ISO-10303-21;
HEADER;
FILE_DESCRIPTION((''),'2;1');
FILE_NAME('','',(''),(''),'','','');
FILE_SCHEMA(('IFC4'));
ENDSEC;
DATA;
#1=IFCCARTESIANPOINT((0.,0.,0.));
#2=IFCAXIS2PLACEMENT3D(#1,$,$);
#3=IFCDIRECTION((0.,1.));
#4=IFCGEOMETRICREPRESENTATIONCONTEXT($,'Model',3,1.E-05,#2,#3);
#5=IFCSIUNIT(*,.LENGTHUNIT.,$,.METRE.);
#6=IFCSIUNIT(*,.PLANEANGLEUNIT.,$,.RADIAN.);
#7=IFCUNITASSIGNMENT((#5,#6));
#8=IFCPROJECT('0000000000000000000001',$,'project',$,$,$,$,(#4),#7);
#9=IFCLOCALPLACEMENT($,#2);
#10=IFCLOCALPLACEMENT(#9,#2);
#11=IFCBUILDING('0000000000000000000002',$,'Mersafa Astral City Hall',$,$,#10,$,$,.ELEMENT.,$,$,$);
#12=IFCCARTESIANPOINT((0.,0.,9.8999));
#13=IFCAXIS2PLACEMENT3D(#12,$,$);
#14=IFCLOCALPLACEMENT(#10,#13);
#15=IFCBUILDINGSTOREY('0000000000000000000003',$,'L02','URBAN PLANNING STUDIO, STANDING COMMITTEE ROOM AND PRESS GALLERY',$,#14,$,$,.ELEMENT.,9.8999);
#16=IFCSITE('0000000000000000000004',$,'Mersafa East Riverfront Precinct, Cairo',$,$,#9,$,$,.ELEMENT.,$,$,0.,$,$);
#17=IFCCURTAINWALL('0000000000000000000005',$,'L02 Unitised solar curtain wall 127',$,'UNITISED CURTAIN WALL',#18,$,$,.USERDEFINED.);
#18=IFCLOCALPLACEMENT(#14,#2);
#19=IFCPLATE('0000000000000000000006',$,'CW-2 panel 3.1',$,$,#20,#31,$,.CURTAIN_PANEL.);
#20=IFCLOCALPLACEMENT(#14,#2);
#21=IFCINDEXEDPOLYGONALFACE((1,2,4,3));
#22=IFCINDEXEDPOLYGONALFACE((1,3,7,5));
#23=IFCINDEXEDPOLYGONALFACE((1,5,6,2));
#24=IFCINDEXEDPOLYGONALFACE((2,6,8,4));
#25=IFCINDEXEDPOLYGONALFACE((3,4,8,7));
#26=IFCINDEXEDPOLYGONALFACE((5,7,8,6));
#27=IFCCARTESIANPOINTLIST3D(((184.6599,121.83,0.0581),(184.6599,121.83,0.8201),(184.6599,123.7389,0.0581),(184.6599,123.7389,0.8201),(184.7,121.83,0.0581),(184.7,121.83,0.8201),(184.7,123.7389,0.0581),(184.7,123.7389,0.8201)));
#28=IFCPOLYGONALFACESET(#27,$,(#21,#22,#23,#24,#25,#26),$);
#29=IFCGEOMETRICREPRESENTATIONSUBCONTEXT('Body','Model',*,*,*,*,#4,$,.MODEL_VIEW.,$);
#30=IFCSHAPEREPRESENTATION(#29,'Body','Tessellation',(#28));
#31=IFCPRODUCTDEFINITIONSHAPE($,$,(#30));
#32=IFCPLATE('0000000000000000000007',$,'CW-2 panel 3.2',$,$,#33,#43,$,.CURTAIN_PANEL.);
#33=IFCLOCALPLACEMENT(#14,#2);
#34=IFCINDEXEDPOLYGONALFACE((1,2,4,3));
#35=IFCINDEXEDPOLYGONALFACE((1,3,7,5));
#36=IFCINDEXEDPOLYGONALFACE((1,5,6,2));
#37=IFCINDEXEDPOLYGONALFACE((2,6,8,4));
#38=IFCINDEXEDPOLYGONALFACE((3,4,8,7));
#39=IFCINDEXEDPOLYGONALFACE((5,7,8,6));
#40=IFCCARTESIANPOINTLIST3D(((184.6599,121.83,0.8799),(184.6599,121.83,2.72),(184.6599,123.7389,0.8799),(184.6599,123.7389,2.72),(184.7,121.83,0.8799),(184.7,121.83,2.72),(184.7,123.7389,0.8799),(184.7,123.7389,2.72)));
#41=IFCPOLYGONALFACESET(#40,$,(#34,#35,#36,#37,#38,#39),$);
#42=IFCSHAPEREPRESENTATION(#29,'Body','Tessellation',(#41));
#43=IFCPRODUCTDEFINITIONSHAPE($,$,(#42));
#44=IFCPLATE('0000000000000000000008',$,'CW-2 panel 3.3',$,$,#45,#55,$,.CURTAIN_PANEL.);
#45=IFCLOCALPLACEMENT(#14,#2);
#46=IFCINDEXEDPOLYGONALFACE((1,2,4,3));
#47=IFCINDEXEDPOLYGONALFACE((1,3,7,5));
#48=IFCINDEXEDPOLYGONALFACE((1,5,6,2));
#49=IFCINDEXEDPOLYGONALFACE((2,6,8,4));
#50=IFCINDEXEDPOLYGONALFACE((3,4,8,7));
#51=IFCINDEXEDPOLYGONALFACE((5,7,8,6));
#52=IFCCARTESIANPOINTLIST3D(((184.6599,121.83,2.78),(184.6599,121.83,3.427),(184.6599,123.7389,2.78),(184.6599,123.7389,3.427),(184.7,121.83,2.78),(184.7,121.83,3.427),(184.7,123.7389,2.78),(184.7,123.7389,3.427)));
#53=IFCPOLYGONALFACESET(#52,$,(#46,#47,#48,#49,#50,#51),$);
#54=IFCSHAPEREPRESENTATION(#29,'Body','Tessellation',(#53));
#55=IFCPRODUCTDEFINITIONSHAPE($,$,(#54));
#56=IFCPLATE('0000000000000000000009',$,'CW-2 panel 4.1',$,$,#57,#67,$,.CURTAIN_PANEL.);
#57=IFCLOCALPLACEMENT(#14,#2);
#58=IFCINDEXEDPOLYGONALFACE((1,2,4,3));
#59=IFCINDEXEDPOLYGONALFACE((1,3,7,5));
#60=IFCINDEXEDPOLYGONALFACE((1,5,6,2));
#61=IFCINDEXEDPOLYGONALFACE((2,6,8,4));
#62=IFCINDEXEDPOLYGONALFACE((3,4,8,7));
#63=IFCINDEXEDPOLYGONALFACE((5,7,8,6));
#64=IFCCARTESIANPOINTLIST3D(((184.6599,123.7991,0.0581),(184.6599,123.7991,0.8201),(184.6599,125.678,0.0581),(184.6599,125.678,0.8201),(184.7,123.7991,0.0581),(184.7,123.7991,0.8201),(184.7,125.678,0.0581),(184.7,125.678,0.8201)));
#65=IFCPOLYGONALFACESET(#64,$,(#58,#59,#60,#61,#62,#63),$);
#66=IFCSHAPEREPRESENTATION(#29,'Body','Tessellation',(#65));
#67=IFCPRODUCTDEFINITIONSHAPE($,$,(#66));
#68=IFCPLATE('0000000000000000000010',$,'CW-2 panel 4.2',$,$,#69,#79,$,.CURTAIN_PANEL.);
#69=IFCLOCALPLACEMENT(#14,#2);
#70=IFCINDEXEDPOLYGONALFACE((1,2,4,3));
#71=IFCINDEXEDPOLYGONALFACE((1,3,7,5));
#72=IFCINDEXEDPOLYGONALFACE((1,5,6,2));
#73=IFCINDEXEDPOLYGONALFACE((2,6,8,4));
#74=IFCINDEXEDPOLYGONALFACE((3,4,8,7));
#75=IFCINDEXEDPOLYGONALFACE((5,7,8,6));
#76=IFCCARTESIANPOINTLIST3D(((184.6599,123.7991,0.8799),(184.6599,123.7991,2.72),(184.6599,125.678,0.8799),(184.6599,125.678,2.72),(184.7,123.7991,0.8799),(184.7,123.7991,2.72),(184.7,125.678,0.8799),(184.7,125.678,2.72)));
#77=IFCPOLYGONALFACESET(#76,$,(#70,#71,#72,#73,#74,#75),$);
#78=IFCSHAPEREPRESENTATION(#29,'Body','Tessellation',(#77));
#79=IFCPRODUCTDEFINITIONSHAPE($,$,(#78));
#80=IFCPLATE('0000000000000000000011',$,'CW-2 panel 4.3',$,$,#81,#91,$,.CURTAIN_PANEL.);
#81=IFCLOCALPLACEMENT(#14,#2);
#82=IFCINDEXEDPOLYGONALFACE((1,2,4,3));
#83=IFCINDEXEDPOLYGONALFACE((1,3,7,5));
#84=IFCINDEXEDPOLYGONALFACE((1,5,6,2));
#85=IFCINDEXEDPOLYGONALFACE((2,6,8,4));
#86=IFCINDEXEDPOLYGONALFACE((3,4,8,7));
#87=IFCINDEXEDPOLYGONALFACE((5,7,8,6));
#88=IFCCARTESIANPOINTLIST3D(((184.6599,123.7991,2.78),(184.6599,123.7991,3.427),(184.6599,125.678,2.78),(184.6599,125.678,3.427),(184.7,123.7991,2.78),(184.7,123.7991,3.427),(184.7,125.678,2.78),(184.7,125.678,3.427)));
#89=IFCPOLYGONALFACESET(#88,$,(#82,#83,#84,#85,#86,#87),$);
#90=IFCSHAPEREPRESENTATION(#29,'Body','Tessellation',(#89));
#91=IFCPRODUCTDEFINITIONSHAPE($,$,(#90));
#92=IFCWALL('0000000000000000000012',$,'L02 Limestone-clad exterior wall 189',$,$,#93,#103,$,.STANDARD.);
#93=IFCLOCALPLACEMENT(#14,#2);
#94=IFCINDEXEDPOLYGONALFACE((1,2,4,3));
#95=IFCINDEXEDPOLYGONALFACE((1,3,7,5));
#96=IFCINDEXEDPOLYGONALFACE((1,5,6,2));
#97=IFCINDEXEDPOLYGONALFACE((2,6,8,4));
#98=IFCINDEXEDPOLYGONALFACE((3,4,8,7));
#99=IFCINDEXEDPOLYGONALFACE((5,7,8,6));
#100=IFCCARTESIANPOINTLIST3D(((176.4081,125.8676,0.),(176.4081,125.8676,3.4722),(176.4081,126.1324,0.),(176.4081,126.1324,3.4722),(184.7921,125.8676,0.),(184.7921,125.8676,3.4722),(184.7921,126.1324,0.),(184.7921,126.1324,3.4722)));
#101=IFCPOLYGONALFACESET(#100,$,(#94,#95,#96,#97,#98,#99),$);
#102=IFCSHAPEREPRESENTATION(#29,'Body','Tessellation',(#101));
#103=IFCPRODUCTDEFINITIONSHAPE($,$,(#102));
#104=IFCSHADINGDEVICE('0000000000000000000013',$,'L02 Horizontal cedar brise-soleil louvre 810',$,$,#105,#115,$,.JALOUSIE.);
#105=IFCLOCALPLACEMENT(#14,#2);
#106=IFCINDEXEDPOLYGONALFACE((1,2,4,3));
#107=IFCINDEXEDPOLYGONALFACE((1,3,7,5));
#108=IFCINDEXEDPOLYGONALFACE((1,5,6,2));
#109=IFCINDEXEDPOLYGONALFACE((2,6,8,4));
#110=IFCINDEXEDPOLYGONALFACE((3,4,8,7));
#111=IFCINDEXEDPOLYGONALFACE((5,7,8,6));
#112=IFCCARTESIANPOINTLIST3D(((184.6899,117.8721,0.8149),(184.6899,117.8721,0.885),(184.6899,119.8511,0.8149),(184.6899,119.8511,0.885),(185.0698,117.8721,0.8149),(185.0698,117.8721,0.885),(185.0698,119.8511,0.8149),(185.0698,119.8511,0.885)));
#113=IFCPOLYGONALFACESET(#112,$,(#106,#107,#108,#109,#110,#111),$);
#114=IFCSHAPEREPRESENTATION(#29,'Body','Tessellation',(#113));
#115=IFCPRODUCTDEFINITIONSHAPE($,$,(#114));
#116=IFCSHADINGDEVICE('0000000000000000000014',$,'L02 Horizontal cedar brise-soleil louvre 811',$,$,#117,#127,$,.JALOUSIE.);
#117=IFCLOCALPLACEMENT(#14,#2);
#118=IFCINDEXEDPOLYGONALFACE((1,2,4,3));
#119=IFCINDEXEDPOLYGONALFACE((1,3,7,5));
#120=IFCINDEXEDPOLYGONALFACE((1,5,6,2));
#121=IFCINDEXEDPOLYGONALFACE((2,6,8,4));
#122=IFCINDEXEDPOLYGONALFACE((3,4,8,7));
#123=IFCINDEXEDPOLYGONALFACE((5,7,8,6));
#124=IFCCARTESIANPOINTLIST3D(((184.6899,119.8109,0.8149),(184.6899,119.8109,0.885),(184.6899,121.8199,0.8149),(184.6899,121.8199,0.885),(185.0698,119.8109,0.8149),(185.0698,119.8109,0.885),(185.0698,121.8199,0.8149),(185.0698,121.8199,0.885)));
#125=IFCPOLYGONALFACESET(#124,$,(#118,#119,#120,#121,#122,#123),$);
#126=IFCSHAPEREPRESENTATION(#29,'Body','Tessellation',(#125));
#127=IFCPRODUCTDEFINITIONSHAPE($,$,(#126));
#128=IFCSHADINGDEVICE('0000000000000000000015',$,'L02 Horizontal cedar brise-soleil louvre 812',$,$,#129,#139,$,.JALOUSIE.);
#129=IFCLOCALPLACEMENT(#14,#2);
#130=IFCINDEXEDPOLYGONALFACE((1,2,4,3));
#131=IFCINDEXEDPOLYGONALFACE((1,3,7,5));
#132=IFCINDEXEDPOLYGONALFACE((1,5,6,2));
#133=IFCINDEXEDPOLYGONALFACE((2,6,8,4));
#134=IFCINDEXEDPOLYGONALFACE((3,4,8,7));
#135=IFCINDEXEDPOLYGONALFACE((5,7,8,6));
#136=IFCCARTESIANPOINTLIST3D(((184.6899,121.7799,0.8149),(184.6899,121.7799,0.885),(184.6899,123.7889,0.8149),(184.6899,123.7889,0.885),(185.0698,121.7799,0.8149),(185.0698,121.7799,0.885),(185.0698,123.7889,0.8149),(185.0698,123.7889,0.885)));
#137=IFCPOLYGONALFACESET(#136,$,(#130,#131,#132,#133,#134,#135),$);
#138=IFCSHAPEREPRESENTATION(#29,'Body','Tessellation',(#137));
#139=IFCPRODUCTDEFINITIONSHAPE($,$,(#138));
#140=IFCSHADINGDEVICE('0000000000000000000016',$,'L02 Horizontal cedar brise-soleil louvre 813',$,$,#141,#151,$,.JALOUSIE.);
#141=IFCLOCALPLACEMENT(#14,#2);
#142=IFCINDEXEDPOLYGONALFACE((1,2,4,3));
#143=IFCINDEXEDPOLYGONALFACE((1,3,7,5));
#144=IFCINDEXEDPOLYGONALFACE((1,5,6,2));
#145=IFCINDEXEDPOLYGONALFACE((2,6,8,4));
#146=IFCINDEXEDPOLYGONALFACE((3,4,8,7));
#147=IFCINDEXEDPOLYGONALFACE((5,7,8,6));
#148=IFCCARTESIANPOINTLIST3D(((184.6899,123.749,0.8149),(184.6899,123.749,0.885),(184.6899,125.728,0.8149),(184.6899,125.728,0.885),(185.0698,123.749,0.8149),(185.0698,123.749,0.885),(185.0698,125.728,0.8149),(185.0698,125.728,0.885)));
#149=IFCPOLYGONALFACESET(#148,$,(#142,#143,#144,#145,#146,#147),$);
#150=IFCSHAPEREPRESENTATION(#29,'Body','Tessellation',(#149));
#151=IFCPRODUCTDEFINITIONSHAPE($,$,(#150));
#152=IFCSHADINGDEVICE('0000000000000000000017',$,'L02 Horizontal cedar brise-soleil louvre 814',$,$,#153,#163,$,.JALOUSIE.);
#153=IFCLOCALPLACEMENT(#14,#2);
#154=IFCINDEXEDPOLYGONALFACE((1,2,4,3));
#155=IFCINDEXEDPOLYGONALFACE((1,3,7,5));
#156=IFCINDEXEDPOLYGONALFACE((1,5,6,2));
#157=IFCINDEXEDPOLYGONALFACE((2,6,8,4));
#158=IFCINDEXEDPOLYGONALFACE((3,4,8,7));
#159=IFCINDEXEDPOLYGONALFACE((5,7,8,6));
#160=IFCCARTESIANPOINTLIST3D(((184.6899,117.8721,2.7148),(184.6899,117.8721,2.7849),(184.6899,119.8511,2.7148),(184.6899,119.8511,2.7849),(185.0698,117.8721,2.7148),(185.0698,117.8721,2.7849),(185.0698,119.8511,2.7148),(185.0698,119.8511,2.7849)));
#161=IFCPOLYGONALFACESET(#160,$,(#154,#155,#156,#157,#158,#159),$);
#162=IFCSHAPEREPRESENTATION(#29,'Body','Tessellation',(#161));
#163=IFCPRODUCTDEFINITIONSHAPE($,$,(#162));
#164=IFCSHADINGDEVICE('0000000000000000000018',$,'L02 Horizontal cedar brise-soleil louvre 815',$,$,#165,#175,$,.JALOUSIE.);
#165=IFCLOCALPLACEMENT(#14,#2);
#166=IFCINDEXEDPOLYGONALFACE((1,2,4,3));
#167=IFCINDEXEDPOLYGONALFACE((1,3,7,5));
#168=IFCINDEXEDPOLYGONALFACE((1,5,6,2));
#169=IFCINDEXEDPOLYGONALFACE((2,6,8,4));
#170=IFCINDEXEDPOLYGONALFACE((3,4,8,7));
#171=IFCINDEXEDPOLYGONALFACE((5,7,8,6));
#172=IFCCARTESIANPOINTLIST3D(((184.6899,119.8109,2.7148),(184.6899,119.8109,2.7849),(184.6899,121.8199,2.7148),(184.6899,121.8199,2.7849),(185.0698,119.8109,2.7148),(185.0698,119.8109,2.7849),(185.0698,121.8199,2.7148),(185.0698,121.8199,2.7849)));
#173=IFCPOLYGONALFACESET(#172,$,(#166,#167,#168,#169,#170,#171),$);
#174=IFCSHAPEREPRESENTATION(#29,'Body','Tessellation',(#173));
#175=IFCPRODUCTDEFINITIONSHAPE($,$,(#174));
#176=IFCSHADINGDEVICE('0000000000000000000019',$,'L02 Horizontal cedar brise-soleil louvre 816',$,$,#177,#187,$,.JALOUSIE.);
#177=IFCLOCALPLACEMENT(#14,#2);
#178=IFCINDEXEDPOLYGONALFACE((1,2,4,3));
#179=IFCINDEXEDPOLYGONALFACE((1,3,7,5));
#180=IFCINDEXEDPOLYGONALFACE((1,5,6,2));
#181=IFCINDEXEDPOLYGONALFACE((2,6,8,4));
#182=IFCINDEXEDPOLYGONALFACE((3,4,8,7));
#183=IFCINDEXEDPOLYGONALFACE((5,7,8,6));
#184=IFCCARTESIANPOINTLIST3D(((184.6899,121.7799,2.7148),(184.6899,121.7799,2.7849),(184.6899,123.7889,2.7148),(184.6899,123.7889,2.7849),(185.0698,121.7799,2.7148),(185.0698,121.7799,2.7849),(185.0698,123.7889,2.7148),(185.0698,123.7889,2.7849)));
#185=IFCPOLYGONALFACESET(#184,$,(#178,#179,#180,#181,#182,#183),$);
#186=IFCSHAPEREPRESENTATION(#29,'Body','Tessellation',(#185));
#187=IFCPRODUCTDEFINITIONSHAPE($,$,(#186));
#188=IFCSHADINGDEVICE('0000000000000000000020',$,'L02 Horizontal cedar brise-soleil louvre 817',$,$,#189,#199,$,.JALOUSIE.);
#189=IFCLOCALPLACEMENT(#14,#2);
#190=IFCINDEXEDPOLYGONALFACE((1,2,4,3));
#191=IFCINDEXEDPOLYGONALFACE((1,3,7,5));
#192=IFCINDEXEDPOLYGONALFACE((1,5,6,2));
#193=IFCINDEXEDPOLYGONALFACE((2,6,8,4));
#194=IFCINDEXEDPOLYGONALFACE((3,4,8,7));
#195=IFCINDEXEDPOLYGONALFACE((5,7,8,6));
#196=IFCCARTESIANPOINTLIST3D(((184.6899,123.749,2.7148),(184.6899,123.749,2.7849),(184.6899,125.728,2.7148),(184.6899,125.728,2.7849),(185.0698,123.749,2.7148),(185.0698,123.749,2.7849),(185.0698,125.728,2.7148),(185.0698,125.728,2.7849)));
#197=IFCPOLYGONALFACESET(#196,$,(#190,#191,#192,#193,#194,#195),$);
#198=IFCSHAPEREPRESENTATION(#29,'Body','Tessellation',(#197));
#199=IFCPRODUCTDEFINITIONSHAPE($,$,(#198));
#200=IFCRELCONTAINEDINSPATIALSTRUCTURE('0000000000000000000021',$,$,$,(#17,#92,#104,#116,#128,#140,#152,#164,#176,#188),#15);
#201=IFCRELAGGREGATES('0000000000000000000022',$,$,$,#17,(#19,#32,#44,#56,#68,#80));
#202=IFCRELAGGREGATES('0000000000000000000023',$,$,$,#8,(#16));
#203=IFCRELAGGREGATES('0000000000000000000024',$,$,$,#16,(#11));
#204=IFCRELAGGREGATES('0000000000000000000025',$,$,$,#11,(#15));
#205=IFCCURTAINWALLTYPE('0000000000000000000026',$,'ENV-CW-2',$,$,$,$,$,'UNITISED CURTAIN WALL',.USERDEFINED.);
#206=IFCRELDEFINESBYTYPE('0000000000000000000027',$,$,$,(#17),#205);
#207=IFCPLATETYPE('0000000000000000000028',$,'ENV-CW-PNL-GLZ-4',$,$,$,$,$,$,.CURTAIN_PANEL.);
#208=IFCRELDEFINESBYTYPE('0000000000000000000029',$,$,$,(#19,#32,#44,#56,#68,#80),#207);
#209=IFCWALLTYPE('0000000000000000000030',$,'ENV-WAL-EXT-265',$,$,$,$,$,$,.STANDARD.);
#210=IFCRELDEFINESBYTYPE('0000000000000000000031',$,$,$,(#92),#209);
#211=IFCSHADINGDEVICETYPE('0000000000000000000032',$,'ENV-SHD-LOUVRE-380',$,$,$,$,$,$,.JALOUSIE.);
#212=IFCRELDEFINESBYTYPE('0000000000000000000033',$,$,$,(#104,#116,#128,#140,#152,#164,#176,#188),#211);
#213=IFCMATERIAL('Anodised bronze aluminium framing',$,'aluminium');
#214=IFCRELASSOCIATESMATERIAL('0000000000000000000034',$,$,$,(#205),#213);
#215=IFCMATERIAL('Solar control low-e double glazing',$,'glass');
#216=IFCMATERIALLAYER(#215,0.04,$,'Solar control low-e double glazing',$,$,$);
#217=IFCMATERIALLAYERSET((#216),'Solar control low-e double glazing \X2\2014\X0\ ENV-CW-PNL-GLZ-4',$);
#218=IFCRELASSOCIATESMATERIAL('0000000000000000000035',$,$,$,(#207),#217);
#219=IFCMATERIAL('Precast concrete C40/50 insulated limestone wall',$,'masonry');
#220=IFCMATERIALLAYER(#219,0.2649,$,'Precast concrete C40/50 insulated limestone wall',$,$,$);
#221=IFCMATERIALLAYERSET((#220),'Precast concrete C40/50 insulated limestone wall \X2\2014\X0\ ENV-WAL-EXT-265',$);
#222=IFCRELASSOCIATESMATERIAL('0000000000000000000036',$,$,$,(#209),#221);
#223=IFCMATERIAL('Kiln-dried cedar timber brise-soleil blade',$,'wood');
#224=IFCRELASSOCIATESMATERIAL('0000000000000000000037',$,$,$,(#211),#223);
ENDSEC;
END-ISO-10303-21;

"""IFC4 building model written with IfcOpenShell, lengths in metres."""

from ifc_helpers import new_model, si_unit, direction, frame, frame_2d, origin, origin_2d, place, context, subcontext, project, spatial, rectangle, extrude, material, layer, layer_set, type_object, element, aggregate, save


model = new_model("IFC4")

# Units and contexts
model_context = context("Model", 3, precision=1e-05, world=origin(), true_north=direction((0.0, 1.0)))
body_context = subcontext(model_context, "Body", "Model", "MODEL_VIEW")
ifc_project = project(units=[si_unit("LENGTHUNIT", "METRE"), si_unit("PLANEANGLEUNIT", "RADIAN")], contexts=[model_context])

# Site, building, storey
site_placement = place(None, origin())
site = spatial("IfcSite", under=ifc_project, at=site_placement, Name="Mersafa East Riverfront Precinct, Cairo", CompositionType="ELEMENT", RefElevation=0.0)
building_placement = place(site_placement, origin())
building = spatial("IfcBuilding", under=site, at=building_placement, Name="Mersafa Astral City Hall", CompositionType="ELEMENT")
storey_placement = place(building_placement, frame((0.0, 0.0, 9.8999)))
storey = spatial("IfcBuildingStorey", under=building, at=storey_placement, Name="L02", Description="URBAN PLANNING STUDIO, STANDING COMMITTEE ROOM AND PRESS GALLERY", CompositionType="ELEMENT", Elevation=9.8999)

# Curtain wall, plates
ifc_material_1 = material(Name="Anodised bronze aluminium framing", Category="aluminium")
curtain_wall_type = type_object("IfcCurtainWallType", Name="ENV-CW-2", ElementType="UNITISED CURTAIN WALL", PredefinedType="USERDEFINED", material=ifc_material_1)
curtain_wall_placement = place(storey_placement, origin())
curtain_wall = element("IfcCurtainWall", 1, at=curtain_wall_placement, inside=storey, type_object=curtain_wall_type, Name="L02 Unitised solar curtain wall 127", ObjectType="UNITISED CURTAIN WALL", PredefinedType="USERDEFINED")
ifc_material_2 = material(Name="Solar control low-e double glazing", Category="glass")
ifc_layer_1 = layer(ifc_material_2, 0.04, Name="Solar control low-e double glazing")
ifc_layer_set_1 = layer_set([ifc_layer_1], Name="Solar control low-e double glazing — ENV-CW-PNL-GLZ-4")
plate_type = type_object("IfcPlateType", Name="ENV-CW-PNL-GLZ-4", PredefinedType="CURTAIN_PANEL", material=ifc_layer_set_1)
plate_1_placement = place(storey_placement, frame((184.6799, 122.7844, 0.0581), z_axis=(0.0, 0.0, 1.0), x_axis=(0.0, 1.0, 0.0)))
plate_1 = element("IfcPlate", 2, at=plate_1_placement, type_object=plate_type, Name="CW-2 panel 3.1", PredefinedType="CURTAIN_PANEL", context=body_context, shape_type="SweptSolid", body=[
    extrude(rectangle(XDim=1.9089, YDim=0.04, at=origin_2d()), origin(), (0.0, 0.0, 1.0), 0.762),
])
plate_2_placement = place(storey_placement, frame((184.6799, 122.7844, 0.8799), z_axis=(0.0, 0.0, 1.0), x_axis=(0.0, 1.0, 0.0)))
plate_2 = element("IfcPlate", 3, at=plate_2_placement, type_object=plate_type, Name="CW-2 panel 3.2", PredefinedType="CURTAIN_PANEL", context=body_context, shape_type="SweptSolid", body=[
    extrude(rectangle(XDim=1.9089, YDim=0.04, at=origin_2d()), origin(), (0.0, 0.0, 1.0), 1.8401),
])
plate_3_placement = place(storey_placement, frame((184.6799, 122.7844, 2.78), z_axis=(0.0, 0.0, 1.0), x_axis=(0.0, 1.0, 0.0)))
plate_3 = element("IfcPlate", 4, at=plate_3_placement, type_object=plate_type, Name="CW-2 panel 3.3", PredefinedType="CURTAIN_PANEL", context=body_context, shape_type="SweptSolid", body=[
    extrude(rectangle(XDim=1.9089, YDim=0.04, at=origin_2d()), origin(), (0.0, 0.0, 1.0), 0.647),
])
plate_4_placement = place(storey_placement, frame((184.6799, 124.7385, 0.0581), z_axis=(0.0, 0.0, 1.0), x_axis=(0.0, 1.0, 0.0)))
plate_4 = element("IfcPlate", 5, at=plate_4_placement, type_object=plate_type, Name="CW-2 panel 4.1", PredefinedType="CURTAIN_PANEL", context=body_context, shape_type="SweptSolid", body=[
    extrude(rectangle(XDim=1.8789, YDim=0.04, at=origin_2d()), origin(), (0.0, 0.0, 1.0), 0.762),
])
plate_5_placement = place(storey_placement, frame((184.6799, 124.7385, 0.8799), z_axis=(0.0, 0.0, 1.0), x_axis=(0.0, 1.0, 0.0)))
plate_5 = element("IfcPlate", 6, at=plate_5_placement, type_object=plate_type, Name="CW-2 panel 4.2", PredefinedType="CURTAIN_PANEL", context=body_context, shape_type="SweptSolid", body=[
    extrude(rectangle(XDim=1.8789, YDim=0.04, at=origin_2d()), origin(), (0.0, 0.0, 1.0), 1.8401),
])
plate_6_placement = place(storey_placement, frame((184.6799, 124.7385, 2.78), z_axis=(0.0, 0.0, 1.0), x_axis=(0.0, 1.0, 0.0)))
plate_6 = element("IfcPlate", 7, at=plate_6_placement, type_object=plate_type, Name="CW-2 panel 4.3", PredefinedType="CURTAIN_PANEL", context=body_context, shape_type="SweptSolid", body=[
    extrude(rectangle(XDim=1.8789, YDim=0.04, at=origin_2d()), origin(), (0.0, 0.0, 1.0), 0.647),
])
aggregate(curtain_wall, [plate_1, plate_2, plate_3, plate_4, plate_5, plate_6])

# Wall
ifc_material_3 = material(Name="Precast concrete C40/50 insulated limestone wall", Category="masonry")
ifc_layer_2 = layer(ifc_material_3, 0.2649, Name="Precast concrete C40/50 insulated limestone wall")
ifc_layer_set_2 = layer_set([ifc_layer_2], Name="Precast concrete C40/50 insulated limestone wall — ENV-WAL-EXT-265")
wall_type = type_object("IfcWallType", Name="ENV-WAL-EXT-265", PredefinedType="STANDARD", material=ifc_layer_set_2)
wall_placement = place(storey_placement, frame((184.792, 126.0, 0.0), z_axis=(0.0, 0.0, 1.0), x_axis=(-1.0, 0.0, 0.0)))
element("IfcWall", 8, at=wall_placement, inside=storey, type_object=wall_type, Name="L02 Limestone-clad exterior wall 189", PredefinedType="STANDARD", context=body_context, shape_type="SweptSolid", body=[
    extrude(rectangle(XDim=8.384, YDim=0.2649, at=frame_2d((4.1919, 0.0))), origin(), (0.0, 0.0, 1.0), 3.4722),
])

# Shading devices
ifc_material_4 = material(Name="Kiln-dried cedar timber brise-soleil blade", Category="wood")
shading_device_type = type_object("IfcShadingDeviceType", Name="ENV-SHD-LOUVRE-380", PredefinedType="JALOUSIE", material=ifc_material_4)
shading_device_1_placement = place(storey_placement, frame((184.8799, 118.8616, 0.8149), z_axis=(0.0, 0.0, 1.0), x_axis=(0.0, 1.0, 0.0)))
element("IfcShadingDevice", 9, at=shading_device_1_placement, inside=storey, type_object=shading_device_type, Name="L02 Horizontal cedar brise-soleil louvre 810", PredefinedType="JALOUSIE", context=body_context, shape_type="SweptSolid", body=[
    extrude(rectangle(XDim=1.979, YDim=0.3799, at=origin_2d()), origin(), (0.0, 0.0, 1.0), 0.0701),
])
for number, where, z_axis, x_axis, name in (
    (10, (184.8799, 120.8154, 0.8149), (0.0, 0.0, 1.0), (0.0, 1.0, 0.0), "L02 Horizontal cedar brise-soleil louvre 811"),
    (11, (184.8799, 122.7844, 0.8149), (0.0, 0.0, 1.0), (0.0, 1.0, 0.0), "L02 Horizontal cedar brise-soleil louvre 812"),
):
    element("IfcShadingDevice", number, at=place(storey_placement, frame(where, z_axis=z_axis, x_axis=x_axis)), inside=storey, type_object=shading_device_type, Name=name, PredefinedType="JALOUSIE", context=body_context, shape_type="SweptSolid", body=[
        extrude(rectangle(XDim=2.009, YDim=0.3799, at=origin_2d()), origin(), (0.0, 0.0, 1.0), 0.0701),
    ])
for number, where, z_axis, x_axis, name in (
    (12, (184.8799, 124.7385, 0.8149), (0.0, 0.0, 1.0), (0.0, 1.0, 0.0), "L02 Horizontal cedar brise-soleil louvre 813"),
    (13, (184.8799, 118.8616, 2.7148), (0.0, 0.0, 1.0), (0.0, 1.0, 0.0), "L02 Horizontal cedar brise-soleil louvre 814"),
):
    element("IfcShadingDevice", number, at=place(storey_placement, frame(where, z_axis=z_axis, x_axis=x_axis)), inside=storey, type_object=shading_device_type, Name=name, PredefinedType="JALOUSIE", context=body_context, shape_type="SweptSolid", body=[
        extrude(rectangle(XDim=1.979, YDim=0.3799, at=origin_2d()), origin(), (0.0, 0.0, 1.0), 0.0701),
    ])
for number, where, z_axis, x_axis, name in (
    (14, (184.8799, 120.8154, 2.7148), (0.0, 0.0, 1.0), (0.0, 1.0, 0.0), "L02 Horizontal cedar brise-soleil louvre 815"),
    (15, (184.8799, 122.7844, 2.7148), (0.0, 0.0, 1.0), (0.0, 1.0, 0.0), "L02 Horizontal cedar brise-soleil louvre 816"),
):
    element("IfcShadingDevice", number, at=place(storey_placement, frame(where, z_axis=z_axis, x_axis=x_axis)), inside=storey, type_object=shading_device_type, Name=name, PredefinedType="JALOUSIE", context=body_context, shape_type="SweptSolid", body=[
        extrude(rectangle(XDim=2.009, YDim=0.3799, at=origin_2d()), origin(), (0.0, 0.0, 1.0), 0.0701),
    ])
shading_device_2_placement = place(storey_placement, frame((184.8799, 124.7385, 2.7148), z_axis=(0.0, 0.0, 1.0), x_axis=(0.0, 1.0, 0.0)))
element("IfcShadingDevice", 16, at=shading_device_2_placement, inside=storey, type_object=shading_device_type, Name="L02 Horizontal cedar brise-soleil louvre 817", PredefinedType="JALOUSIE", context=body_context, shape_type="SweptSolid", body=[
    extrude(rectangle(XDim=1.979, YDim=0.3799, at=origin_2d()), origin(), (0.0, 0.0, 1.0), 0.0701),
])

save(model, "model.ifc")
